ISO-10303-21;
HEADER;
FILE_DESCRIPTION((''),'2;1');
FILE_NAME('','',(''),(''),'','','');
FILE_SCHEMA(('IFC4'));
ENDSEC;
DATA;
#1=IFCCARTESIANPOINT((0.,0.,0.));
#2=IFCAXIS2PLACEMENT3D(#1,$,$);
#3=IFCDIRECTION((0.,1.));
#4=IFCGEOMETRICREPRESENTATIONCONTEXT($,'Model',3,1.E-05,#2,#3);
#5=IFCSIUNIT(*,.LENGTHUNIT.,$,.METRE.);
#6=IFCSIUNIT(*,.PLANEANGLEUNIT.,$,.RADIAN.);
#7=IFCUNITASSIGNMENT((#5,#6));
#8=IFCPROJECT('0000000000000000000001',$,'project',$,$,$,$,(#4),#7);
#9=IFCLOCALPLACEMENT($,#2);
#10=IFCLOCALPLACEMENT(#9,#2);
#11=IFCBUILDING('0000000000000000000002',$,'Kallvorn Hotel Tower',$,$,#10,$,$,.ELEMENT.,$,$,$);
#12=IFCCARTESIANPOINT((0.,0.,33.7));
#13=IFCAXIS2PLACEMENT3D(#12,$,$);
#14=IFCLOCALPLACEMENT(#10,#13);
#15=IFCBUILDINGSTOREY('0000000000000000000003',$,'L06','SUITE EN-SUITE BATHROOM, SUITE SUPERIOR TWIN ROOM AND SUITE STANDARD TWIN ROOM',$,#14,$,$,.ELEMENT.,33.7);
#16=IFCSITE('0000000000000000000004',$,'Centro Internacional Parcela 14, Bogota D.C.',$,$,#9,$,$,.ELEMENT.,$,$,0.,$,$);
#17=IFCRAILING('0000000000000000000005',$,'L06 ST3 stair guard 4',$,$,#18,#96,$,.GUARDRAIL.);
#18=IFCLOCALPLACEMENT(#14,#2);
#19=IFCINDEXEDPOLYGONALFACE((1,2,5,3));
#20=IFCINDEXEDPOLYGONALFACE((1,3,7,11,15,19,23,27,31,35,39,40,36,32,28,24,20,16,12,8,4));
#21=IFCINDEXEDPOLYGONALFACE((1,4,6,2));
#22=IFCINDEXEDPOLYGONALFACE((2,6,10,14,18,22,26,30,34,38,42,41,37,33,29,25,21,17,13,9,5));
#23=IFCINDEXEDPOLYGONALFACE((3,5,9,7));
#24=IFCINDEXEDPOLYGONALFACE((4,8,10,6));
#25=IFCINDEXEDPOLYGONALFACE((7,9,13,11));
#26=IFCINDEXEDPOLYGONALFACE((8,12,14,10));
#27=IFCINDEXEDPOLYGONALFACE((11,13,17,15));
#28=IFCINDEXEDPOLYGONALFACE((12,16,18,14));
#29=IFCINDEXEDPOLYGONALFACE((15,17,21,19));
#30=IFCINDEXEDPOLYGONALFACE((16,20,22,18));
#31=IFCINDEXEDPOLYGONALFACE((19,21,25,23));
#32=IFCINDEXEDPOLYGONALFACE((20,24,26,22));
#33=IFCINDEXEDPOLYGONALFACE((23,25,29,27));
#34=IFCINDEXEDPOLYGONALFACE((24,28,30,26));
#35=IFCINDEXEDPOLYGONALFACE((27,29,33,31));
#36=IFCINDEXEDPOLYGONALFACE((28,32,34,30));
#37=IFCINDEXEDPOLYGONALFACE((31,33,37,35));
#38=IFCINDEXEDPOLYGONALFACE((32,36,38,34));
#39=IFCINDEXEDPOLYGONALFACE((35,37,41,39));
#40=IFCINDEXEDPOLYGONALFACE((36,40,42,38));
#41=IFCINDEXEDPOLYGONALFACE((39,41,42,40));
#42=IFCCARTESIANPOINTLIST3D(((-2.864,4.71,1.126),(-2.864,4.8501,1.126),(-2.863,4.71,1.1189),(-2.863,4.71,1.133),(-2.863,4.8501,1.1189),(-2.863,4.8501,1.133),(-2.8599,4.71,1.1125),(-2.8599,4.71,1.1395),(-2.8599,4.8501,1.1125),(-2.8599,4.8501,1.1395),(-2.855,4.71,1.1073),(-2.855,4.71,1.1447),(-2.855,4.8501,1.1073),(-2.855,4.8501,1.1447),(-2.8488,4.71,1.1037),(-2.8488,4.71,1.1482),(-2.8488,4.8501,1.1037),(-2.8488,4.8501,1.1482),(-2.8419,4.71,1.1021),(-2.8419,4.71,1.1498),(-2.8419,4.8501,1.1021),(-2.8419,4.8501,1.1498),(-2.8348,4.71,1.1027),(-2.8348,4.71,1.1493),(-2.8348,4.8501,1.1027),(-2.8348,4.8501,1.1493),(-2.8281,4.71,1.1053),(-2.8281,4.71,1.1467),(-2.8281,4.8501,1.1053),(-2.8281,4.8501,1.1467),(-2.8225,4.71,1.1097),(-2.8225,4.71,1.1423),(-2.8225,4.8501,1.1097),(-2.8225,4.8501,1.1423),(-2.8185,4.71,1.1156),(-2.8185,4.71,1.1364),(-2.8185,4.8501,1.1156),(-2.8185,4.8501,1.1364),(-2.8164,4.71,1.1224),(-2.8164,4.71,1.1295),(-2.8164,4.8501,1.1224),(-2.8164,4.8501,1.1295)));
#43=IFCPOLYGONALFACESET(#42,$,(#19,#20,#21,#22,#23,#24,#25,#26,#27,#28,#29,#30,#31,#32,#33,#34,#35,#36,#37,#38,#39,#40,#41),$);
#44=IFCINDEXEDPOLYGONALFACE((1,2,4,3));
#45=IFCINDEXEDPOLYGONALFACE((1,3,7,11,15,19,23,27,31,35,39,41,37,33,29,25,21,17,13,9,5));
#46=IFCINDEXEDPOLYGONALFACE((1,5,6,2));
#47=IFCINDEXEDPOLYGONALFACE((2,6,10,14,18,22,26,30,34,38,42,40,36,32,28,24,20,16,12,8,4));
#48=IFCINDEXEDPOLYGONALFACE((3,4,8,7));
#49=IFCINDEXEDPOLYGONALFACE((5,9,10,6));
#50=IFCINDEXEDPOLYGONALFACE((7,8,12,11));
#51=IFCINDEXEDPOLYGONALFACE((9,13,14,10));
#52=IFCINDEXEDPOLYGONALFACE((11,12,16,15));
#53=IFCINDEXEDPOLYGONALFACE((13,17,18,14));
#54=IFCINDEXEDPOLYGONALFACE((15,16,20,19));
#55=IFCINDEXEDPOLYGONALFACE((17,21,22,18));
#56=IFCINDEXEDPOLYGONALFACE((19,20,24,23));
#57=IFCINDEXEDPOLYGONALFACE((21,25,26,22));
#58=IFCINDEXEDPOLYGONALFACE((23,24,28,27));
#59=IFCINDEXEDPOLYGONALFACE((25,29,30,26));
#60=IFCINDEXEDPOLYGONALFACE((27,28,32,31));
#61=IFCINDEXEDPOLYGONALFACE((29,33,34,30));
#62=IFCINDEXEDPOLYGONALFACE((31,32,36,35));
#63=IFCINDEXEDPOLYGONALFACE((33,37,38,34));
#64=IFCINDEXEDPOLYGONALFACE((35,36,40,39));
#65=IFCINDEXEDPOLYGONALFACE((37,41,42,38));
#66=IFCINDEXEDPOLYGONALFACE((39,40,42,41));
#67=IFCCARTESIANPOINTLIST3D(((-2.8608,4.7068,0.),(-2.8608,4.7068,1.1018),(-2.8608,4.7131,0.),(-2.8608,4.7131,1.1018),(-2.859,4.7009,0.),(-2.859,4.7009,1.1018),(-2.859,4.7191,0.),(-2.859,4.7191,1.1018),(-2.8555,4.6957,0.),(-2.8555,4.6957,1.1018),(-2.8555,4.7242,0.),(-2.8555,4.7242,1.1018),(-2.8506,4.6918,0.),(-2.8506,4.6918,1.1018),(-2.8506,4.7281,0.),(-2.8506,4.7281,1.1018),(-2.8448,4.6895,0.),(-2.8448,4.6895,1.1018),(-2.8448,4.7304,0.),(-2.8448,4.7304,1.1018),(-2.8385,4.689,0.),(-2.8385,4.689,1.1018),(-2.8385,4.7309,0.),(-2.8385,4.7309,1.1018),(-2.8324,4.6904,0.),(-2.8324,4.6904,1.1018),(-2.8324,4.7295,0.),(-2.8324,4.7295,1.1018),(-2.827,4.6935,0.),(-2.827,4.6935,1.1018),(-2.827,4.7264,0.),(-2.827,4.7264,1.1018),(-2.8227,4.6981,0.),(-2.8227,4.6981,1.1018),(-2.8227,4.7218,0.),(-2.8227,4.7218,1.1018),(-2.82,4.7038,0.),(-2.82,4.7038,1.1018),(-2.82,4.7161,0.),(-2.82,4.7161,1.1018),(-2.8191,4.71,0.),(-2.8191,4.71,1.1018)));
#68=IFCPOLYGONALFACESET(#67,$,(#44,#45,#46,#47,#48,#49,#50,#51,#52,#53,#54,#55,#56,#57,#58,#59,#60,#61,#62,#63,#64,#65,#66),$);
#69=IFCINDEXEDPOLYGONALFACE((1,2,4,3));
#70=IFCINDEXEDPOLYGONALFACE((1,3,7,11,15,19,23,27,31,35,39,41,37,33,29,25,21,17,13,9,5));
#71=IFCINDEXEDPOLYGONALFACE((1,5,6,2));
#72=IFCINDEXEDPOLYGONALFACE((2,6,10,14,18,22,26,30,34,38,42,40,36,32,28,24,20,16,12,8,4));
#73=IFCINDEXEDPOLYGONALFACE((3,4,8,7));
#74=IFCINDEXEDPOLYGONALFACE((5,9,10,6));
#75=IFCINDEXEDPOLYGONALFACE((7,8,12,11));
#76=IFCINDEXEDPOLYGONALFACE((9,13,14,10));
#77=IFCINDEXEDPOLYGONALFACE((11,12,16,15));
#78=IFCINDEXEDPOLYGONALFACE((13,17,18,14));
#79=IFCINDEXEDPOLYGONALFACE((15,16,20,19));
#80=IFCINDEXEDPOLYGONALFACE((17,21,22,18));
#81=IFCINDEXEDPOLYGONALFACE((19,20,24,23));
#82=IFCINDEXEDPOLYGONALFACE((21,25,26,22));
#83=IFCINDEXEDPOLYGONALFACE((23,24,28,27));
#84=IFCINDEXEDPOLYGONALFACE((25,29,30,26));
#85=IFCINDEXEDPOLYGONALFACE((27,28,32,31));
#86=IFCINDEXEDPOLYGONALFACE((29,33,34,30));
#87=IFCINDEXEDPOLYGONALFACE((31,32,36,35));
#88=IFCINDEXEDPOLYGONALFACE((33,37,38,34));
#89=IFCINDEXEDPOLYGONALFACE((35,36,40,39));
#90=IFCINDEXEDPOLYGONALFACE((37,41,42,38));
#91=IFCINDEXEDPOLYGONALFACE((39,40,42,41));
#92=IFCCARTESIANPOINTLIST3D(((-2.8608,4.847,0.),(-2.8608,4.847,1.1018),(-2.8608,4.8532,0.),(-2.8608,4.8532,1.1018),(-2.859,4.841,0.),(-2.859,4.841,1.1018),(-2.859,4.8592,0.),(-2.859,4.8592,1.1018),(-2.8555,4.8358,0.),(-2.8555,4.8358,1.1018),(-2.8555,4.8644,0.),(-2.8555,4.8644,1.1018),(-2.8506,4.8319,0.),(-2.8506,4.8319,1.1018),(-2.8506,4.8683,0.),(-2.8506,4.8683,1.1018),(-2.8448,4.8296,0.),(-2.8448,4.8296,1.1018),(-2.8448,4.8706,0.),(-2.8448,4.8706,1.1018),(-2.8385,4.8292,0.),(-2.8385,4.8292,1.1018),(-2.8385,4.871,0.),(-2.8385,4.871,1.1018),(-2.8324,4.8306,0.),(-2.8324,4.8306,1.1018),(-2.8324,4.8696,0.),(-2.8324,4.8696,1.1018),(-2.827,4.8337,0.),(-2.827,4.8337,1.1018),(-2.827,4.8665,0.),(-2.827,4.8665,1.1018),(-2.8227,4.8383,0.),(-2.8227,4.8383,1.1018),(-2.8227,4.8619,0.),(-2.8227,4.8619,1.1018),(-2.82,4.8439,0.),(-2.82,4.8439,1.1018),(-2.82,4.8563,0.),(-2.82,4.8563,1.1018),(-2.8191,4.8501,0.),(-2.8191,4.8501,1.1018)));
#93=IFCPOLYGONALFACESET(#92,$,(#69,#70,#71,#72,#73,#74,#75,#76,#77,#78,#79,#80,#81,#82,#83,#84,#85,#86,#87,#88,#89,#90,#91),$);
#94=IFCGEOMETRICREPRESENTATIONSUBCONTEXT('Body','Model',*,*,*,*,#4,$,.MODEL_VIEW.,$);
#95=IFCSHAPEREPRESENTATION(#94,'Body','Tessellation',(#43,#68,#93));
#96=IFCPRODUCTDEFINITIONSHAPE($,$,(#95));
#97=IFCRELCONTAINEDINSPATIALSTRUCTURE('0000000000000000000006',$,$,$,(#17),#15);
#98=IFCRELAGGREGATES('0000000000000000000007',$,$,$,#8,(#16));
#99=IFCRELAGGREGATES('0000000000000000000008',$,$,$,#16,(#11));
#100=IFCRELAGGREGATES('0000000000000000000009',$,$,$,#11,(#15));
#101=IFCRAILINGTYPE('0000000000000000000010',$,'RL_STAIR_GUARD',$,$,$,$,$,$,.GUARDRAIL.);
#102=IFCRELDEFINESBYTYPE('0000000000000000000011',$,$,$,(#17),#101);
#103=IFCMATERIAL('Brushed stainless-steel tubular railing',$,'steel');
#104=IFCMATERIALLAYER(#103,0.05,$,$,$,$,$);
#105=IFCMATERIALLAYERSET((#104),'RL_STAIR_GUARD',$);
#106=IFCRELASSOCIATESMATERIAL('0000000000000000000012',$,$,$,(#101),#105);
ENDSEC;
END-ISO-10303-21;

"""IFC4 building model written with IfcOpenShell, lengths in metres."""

from ifc_helpers import new_model, si_unit, direction, frame, origin, origin_2d, place, context, subcontext, project, spatial, circle, extrude, material, layer, layer_set, type_object, element, save


model = new_model("IFC4")

# Units and contexts
model_context = context("Model", 3, precision=1e-05, world=origin(), true_north=direction((0.0, 1.0)))
body_context = subcontext(model_context, "Body", "Model", "MODEL_VIEW")
ifc_project = project(units=[si_unit("LENGTHUNIT", "METRE"), si_unit("PLANEANGLEUNIT", "RADIAN")], contexts=[model_context])

# Site, building, storey
site_placement = place(None, origin())
site = spatial("IfcSite", under=ifc_project, at=site_placement, Name="Centro Internacional Parcela 14, Bogota D.C.", CompositionType="ELEMENT", RefElevation=0.0)
building_placement = place(site_placement, origin())
building = spatial("IfcBuilding", under=site, at=building_placement, Name="Kallvorn Hotel Tower", CompositionType="ELEMENT")
storey_placement = place(building_placement, frame((0.0, 0.0, 33.7)))
storey = spatial("IfcBuildingStorey", under=building, at=storey_placement, Name="L06", Description="SUITE EN-SUITE BATHROOM, SUITE SUPERIOR TWIN ROOM AND SUITE STANDARD TWIN ROOM", CompositionType="ELEMENT", Elevation=33.7)

# Railing
ifc_material_1 = material(Name="Brushed stainless-steel tubular railing", Category="steel")
ifc_layer_1 = layer(ifc_material_1, 0.05)
ifc_layer_set_1 = layer_set([ifc_layer_1], Name="RL_STAIR_GUARD")
railing_type_1 = type_object("IfcRailingType", Name="RL_STAIR_GUARD", PredefinedType="GUARDRAIL", material=ifc_layer_set_1)
railing_1_placement = place(storey_placement, frame((-2.8401, 4.71, 0.0)))
element("IfcRailing", 1, at=railing_1_placement, inside=storey, type_object=railing_type_1, Name="L06 ST3 stair guard 4", PredefinedType="GUARDRAIL", context=body_context, shape_type="SweptSolid", body=[
    extrude(circle(Radius=0.0239, at=origin_2d()), frame((0.0, 0.0, 1.126), z_axis=(0.0, 1.0, 0.0), x_axis=(-1.0, 0.0, 0.0)), (0.0, 0.0, 1.0), 0.1401),
    extrude(circle(Radius=0.021, at=origin_2d()), origin(), (0.0, 0.0, 1.0), 1.1018),
    extrude(circle(Radius=0.021, at=origin_2d()), frame((0.0, 0.1401, 0.0)), (0.0, 0.0, 1.0), 1.1018),
])

save(model, "model.ifc")
